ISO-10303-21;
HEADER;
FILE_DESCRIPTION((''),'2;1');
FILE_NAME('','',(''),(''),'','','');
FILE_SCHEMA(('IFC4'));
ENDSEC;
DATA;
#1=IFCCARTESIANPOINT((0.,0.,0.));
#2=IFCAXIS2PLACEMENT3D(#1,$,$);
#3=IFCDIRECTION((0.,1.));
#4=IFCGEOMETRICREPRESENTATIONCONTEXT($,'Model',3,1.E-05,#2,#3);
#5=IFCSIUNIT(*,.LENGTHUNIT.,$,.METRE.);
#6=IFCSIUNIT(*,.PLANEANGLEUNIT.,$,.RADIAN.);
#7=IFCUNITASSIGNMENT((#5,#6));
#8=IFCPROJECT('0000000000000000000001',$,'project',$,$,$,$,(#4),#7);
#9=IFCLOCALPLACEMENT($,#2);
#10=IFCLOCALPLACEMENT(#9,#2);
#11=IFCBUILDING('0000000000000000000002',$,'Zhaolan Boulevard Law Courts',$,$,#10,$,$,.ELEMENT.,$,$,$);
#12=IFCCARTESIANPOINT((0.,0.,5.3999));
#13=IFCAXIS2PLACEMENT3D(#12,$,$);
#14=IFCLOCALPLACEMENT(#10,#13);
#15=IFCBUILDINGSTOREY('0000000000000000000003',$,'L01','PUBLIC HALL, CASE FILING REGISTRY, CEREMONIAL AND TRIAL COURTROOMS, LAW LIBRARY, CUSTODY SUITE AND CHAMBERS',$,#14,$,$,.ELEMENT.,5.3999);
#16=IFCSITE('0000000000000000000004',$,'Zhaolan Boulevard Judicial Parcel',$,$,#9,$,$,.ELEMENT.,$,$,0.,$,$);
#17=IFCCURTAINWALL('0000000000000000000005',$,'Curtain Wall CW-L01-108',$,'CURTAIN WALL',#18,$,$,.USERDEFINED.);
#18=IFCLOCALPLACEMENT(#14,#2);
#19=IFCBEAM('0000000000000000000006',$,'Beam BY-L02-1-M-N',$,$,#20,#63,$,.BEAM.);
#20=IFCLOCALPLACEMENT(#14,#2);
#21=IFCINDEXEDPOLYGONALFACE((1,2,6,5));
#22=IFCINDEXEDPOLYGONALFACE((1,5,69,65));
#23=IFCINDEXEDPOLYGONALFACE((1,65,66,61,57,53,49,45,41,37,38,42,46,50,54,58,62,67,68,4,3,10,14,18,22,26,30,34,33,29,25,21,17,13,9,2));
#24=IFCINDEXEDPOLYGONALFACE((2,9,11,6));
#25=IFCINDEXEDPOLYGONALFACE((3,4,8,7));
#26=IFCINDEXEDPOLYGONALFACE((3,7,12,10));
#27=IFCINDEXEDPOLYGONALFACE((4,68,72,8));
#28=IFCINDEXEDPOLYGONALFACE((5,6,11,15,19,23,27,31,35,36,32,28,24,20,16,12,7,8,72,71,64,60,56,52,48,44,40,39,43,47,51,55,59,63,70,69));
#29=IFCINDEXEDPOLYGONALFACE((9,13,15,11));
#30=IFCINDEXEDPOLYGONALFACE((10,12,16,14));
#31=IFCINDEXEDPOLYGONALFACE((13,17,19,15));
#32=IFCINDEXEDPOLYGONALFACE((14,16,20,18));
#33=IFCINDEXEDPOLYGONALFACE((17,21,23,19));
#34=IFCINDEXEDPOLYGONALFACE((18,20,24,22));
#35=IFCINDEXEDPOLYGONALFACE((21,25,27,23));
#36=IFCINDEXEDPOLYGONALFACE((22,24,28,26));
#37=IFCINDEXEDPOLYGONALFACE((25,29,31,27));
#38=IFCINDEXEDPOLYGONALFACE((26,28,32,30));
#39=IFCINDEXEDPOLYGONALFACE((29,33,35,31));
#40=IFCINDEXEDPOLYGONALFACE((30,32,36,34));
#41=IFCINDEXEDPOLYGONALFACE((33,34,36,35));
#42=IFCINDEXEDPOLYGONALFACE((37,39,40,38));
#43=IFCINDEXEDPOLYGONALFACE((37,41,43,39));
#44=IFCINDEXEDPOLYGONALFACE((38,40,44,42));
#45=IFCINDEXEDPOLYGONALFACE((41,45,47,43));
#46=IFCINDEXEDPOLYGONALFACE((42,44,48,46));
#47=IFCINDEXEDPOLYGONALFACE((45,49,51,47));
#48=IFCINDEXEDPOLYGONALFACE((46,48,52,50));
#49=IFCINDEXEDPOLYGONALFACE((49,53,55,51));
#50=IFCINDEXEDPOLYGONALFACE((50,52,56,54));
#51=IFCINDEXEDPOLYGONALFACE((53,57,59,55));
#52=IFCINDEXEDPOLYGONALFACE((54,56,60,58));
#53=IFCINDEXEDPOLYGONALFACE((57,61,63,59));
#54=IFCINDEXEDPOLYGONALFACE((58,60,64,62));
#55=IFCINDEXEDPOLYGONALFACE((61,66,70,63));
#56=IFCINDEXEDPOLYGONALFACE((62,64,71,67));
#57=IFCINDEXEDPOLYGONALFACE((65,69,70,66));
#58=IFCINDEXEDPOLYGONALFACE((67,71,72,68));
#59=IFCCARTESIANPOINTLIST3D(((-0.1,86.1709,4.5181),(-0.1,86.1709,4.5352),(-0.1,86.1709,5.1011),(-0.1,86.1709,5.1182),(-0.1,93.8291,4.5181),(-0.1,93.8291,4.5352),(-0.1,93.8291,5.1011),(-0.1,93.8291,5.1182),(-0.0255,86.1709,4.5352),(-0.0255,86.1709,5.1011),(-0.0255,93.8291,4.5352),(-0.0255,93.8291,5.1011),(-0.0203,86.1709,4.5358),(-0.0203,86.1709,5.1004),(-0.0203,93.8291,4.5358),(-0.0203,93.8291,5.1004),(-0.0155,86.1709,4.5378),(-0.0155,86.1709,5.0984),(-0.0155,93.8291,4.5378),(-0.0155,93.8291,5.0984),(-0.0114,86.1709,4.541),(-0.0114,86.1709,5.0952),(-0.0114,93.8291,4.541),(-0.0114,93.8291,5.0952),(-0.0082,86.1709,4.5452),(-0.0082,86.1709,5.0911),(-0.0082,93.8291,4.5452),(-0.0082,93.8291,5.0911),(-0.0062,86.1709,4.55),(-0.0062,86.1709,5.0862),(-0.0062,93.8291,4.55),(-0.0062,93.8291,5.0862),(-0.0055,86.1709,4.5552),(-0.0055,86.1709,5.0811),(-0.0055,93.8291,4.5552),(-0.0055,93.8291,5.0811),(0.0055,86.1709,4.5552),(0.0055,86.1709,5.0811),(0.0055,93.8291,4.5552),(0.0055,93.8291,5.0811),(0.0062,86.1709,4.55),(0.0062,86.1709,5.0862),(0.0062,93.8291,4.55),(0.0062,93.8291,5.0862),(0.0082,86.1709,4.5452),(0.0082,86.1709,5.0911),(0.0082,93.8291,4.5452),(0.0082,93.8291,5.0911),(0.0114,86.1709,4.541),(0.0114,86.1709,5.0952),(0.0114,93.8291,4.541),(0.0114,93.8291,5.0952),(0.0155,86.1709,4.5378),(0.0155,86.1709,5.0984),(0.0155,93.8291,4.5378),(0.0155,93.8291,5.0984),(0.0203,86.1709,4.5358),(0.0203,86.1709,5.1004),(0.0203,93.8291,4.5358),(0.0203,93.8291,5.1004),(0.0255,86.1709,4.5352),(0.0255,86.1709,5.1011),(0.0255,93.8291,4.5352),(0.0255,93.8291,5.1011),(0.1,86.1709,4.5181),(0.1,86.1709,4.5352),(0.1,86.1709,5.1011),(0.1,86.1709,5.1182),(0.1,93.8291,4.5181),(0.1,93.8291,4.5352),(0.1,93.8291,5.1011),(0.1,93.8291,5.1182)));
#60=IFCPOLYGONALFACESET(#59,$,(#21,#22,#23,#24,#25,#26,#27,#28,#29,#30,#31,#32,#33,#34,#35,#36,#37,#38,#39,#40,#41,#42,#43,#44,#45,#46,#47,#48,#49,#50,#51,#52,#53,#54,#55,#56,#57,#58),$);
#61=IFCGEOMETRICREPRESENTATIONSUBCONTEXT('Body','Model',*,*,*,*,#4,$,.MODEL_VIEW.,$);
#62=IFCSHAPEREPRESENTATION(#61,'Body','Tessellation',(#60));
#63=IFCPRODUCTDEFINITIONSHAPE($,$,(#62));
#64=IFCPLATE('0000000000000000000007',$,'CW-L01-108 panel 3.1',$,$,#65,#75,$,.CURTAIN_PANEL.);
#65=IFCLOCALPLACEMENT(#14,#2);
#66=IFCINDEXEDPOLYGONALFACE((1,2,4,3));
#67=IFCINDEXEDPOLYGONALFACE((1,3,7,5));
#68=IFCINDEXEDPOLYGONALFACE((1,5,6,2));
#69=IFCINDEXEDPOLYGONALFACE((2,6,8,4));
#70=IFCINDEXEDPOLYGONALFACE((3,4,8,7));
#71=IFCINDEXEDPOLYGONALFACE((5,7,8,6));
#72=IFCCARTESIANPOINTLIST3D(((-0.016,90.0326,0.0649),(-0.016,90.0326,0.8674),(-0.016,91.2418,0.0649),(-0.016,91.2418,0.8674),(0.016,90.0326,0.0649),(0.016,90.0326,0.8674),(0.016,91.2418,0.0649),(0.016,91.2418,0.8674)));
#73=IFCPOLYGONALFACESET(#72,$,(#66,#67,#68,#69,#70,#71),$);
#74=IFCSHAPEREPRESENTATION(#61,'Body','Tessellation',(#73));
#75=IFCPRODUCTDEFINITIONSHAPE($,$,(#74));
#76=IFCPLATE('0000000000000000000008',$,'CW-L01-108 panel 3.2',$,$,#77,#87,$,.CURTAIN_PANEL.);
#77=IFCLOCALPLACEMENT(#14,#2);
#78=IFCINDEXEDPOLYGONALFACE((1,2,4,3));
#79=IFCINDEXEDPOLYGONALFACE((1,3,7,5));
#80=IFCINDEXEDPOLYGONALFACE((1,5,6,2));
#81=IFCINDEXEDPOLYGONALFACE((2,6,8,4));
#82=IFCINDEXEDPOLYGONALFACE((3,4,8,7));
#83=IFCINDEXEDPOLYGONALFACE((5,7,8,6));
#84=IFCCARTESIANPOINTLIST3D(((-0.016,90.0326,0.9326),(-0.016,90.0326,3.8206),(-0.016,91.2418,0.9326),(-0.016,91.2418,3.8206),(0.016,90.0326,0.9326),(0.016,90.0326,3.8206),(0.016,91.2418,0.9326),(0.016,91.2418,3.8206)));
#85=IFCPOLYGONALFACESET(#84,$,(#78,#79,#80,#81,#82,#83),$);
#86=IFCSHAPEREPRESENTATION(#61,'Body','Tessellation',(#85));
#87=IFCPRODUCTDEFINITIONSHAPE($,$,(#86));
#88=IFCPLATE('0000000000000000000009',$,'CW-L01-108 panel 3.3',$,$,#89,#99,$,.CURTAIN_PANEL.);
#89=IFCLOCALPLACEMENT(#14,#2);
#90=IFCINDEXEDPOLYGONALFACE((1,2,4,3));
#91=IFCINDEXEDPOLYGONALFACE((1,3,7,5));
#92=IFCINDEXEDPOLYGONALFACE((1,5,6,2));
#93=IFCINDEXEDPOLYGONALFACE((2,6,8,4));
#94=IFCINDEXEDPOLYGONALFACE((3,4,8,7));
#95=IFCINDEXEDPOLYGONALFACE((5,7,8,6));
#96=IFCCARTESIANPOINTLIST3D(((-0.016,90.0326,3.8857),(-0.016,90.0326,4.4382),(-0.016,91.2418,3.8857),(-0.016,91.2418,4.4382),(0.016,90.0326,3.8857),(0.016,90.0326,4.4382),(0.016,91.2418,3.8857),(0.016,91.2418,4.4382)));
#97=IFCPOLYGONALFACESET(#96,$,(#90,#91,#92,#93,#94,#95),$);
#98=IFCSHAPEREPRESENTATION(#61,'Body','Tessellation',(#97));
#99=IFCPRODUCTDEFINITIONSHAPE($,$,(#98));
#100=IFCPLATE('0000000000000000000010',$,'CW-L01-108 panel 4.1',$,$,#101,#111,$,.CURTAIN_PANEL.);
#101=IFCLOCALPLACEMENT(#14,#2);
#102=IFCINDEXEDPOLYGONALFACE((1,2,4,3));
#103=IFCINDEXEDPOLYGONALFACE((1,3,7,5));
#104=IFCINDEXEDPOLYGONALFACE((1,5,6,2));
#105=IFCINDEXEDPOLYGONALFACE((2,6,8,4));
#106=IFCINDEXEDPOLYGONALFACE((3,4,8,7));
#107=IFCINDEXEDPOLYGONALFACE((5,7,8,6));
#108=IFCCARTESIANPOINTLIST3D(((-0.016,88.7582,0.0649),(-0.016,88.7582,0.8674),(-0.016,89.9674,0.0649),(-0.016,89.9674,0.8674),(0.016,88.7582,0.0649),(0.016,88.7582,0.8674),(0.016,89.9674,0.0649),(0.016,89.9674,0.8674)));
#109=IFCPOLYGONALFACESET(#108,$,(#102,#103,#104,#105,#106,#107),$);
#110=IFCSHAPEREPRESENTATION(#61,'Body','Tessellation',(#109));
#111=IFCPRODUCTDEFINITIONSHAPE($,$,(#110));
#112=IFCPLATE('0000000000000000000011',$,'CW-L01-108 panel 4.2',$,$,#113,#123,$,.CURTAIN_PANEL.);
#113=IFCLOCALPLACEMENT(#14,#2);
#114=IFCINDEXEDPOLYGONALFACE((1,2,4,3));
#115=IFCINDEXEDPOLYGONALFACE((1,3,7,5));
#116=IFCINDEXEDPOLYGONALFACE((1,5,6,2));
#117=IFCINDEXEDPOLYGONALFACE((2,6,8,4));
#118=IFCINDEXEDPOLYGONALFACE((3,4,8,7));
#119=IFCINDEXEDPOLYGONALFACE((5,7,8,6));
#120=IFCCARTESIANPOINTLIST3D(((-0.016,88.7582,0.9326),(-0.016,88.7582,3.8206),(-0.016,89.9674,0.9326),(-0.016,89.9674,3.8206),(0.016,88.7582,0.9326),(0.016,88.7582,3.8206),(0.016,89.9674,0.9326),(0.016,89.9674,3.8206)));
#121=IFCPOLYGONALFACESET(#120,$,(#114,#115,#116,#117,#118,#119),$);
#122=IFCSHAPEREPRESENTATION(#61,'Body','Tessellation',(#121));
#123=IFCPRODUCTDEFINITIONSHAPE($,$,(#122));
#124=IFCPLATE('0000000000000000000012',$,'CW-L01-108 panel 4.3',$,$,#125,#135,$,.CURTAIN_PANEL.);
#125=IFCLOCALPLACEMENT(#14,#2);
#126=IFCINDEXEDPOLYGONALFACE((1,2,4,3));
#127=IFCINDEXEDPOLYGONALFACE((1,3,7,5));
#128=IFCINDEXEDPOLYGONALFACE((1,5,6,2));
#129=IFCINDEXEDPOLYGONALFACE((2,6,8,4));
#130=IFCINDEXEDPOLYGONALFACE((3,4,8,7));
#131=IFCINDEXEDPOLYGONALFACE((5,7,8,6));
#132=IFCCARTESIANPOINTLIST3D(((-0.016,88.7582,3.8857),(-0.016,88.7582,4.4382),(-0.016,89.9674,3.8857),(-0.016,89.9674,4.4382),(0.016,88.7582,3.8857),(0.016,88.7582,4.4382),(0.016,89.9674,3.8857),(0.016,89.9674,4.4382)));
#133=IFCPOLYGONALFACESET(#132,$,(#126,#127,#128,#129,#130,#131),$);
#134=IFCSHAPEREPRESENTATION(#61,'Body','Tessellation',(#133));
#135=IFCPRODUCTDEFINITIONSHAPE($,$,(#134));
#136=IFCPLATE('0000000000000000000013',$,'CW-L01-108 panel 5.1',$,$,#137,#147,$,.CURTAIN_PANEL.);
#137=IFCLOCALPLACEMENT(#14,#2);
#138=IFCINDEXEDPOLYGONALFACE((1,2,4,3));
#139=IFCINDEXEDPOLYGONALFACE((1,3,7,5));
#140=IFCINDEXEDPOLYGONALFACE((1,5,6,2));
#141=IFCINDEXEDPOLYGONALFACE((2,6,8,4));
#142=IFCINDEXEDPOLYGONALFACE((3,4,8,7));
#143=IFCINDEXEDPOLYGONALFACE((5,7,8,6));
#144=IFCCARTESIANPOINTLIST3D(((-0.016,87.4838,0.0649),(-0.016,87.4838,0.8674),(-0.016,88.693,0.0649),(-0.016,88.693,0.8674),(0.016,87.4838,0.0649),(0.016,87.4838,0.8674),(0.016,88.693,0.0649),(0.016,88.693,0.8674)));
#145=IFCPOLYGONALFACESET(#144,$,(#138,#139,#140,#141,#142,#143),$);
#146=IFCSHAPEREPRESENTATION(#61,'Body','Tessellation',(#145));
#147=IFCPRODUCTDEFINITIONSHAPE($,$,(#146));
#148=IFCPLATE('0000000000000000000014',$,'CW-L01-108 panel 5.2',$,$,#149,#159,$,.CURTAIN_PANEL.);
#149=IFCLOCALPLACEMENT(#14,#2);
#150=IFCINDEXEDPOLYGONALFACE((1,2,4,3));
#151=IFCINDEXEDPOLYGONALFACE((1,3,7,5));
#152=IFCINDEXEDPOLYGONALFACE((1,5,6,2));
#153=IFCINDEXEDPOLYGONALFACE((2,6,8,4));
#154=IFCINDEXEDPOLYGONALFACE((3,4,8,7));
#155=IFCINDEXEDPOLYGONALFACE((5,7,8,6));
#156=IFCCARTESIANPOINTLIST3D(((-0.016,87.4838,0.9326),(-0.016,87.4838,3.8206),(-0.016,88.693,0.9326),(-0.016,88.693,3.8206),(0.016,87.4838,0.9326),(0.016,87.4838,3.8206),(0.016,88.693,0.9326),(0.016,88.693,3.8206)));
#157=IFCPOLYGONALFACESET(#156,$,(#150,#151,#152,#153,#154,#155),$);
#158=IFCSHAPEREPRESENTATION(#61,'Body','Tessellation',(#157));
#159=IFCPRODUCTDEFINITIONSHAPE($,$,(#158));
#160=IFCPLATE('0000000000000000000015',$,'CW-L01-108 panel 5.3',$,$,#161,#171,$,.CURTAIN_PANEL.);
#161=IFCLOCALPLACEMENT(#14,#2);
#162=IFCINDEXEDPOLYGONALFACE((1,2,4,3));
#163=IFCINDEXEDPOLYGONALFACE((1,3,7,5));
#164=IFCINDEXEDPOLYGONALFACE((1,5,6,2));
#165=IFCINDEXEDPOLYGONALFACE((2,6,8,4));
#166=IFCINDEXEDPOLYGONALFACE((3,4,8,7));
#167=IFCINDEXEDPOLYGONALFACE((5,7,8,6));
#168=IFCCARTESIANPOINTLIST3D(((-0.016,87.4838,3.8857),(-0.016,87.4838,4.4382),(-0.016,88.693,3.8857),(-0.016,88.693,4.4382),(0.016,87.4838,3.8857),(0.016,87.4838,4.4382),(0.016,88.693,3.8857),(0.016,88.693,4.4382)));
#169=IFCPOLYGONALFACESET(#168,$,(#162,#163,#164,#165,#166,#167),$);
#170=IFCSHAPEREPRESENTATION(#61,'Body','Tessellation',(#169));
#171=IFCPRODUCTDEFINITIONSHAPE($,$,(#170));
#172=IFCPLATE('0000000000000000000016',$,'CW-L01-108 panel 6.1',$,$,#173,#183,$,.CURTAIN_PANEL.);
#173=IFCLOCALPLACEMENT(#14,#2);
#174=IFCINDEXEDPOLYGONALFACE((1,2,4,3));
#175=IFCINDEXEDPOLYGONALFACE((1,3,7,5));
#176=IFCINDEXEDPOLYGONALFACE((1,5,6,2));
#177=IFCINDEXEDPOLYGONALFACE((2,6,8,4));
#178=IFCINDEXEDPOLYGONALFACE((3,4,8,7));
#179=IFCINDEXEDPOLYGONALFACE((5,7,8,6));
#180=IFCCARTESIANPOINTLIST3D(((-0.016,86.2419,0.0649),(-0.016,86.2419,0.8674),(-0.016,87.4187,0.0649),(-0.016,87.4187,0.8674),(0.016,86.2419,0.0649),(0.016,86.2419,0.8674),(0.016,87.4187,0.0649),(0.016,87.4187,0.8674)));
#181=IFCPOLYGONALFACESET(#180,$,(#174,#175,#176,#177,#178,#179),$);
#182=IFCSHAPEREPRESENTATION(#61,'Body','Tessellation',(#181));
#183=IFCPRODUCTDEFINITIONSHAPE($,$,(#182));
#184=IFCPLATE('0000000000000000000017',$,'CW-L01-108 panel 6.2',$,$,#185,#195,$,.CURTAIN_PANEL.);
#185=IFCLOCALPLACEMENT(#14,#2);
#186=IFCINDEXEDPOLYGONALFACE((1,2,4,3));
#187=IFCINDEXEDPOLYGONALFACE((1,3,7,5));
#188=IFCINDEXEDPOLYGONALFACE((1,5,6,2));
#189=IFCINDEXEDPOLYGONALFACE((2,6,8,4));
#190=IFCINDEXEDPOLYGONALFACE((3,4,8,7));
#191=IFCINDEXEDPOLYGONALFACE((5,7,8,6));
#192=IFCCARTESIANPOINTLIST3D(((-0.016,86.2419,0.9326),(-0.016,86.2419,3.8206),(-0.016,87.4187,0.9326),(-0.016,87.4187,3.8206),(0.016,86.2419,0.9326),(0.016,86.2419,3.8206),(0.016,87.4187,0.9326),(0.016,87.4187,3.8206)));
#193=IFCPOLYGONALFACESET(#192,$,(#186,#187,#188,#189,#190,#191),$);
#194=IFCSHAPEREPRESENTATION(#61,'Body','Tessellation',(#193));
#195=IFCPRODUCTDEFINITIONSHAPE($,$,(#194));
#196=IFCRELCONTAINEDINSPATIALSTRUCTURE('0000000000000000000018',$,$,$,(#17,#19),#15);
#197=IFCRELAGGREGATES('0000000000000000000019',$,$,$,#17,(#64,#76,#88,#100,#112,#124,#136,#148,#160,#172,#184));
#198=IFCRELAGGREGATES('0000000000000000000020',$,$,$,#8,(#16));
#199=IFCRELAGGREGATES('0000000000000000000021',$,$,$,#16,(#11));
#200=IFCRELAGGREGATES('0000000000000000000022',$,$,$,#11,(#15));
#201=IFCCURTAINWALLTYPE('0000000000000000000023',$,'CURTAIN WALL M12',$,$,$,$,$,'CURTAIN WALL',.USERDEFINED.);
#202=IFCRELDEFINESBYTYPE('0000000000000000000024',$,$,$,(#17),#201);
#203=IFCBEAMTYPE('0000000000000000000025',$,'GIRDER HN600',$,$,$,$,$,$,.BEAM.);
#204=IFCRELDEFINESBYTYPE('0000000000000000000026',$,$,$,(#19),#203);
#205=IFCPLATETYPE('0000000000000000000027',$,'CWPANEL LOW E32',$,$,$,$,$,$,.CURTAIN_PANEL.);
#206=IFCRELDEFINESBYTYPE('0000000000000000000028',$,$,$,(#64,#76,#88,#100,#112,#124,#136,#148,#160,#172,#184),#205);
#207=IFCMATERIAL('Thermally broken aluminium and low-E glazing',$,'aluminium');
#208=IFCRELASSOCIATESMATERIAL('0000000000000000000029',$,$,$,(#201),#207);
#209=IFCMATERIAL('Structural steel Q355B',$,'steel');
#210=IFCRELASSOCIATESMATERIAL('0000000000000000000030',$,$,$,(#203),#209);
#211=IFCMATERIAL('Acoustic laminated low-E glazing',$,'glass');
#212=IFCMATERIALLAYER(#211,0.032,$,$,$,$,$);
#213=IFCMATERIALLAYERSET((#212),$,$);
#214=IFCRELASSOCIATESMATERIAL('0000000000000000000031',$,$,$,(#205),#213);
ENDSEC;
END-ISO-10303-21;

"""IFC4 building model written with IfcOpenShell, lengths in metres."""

from ifc_helpers import new_model, si_unit, direction, frame, origin, origin_2d, place, context, subcontext, project, spatial, rectangle, i_section, extrude, material, layer, layer_set, material_profile, profile_set, type_object, element, aggregate, save


model = new_model("IFC4")

# Units and contexts
model_context = context("Model", 3, precision=1e-05, world=origin(), true_north=direction((0.0, 1.0)))
body_context = subcontext(model_context, "Body", "Model", "MODEL_VIEW")
ifc_project = project(units=[si_unit("LENGTHUNIT", "METRE"), si_unit("PLANEANGLEUNIT", "RADIAN")], contexts=[model_context])

# Site, building, storey
site_placement = place(None, origin())
site = spatial("IfcSite", under=ifc_project, at=site_placement, Name="Zhaolan Boulevard Judicial Parcel", CompositionType="ELEMENT", RefElevation=0.0)
building_placement = place(site_placement, origin())
building = spatial("IfcBuilding", under=site, at=building_placement, Name="Zhaolan Boulevard Law Courts", CompositionType="ELEMENT")
storey_placement = place(building_placement, frame((0.0, 0.0, 5.3999)))
storey = spatial("IfcBuildingStorey", under=building, at=storey_placement, Name="L01", Description="PUBLIC HALL, CASE FILING REGISTRY, CEREMONIAL AND TRIAL COURTROOMS, LAW LIBRARY, CUSTODY SUITE AND CHAMBERS", CompositionType="ELEMENT", Elevation=5.3999)

# Curtain wall
ifc_material_1 = material(Name="Thermally broken aluminium and low-E glazing", Category="aluminium")
curtain_wall_type_1 = type_object("IfcCurtainWallType", Name="CURTAIN WALL M12", ElementType="CURTAIN WALL", PredefinedType="USERDEFINED", material=ifc_material_1)
curtain_wall_1_placement = place(storey_placement, origin())
curtain_wall_1 = element("IfcCurtainWall", 1, at=curtain_wall_1_placement, inside=storey, type_object=curtain_wall_type_1, Name="Curtain Wall CW-L01-108", ObjectType="CURTAIN WALL", PredefinedType="USERDEFINED")

# Beam
ifc_material_2 = material(Name="Structural steel Q355B", Category="steel")
ifc_material_profile_1 = material_profile(ifc_material_2, i_section(OverallWidth=0.2, OverallDepth=0.6001, WebThickness=0.011, FlangeThickness=0.0171, FilletRadius=0.02, at=origin_2d()), Name="HN600x200")
ifc_profile_set_1 = profile_set([ifc_material_profile_1], Name="Structural steel Q355B")
beam_type = type_object("IfcBeamType", Name="GIRDER HN600", PredefinedType="BEAM", material=ifc_profile_set_1)
beam_placement = place(storey_placement, frame((0.0, 86.1709, 4.8181), z_axis=(0.0, 1.0, 0.0), x_axis=(-1.0, 0.0, 0.0)))
element("IfcBeam", 2, at=beam_placement, inside=storey, type_object=beam_type, Name="Beam BY-L02-1-M-N", PredefinedType="BEAM", context=body_context, shape_type="SweptSolid", body=[
    extrude(i_section(OverallWidth=0.2, OverallDepth=0.6001, WebThickness=0.011, FlangeThickness=0.0171, FilletRadius=0.02, at=origin_2d()), origin(), (0.0, 0.0, 1.0), 7.6582),
])

# Plates
ifc_material_3 = material(Name="Acoustic laminated low-E glazing", Category="glass")
ifc_layer = layer(ifc_material_3, 0.032)
ifc_layer_set = layer_set([ifc_layer])
plate_type = type_object("IfcPlateType", Name="CWPANEL LOW E32", PredefinedType="CURTAIN_PANEL", material=ifc_layer_set)
plate_1_placement = place(storey_placement, frame((0.0, 90.6372, 0.0649), z_axis=(0.0, 0.0, 1.0), x_axis=(0.0, -1.0, 0.0)))
plate_1 = element("IfcPlate", 3, at=plate_1_placement, type_object=plate_type, Name="CW-L01-108 panel 3.1", PredefinedType="CURTAIN_PANEL", context=body_context, shape_type="SweptSolid", body=[
    extrude(rectangle(XDim=1.2092, YDim=0.032, at=origin_2d()), origin(), (0.0, 0.0, 1.0), 0.8025),
])
plate_2_placement = place(storey_placement, frame((0.0, 90.6372, 0.9326), z_axis=(0.0, 0.0, 1.0), x_axis=(0.0, -1.0, 0.0)))
plate_2 = element("IfcPlate", 4, at=plate_2_placement, type_object=plate_type, Name="CW-L01-108 panel 3.2", PredefinedType="CURTAIN_PANEL", context=body_context, shape_type="SweptSolid", body=[
    extrude(rectangle(XDim=1.2092, YDim=0.032, at=origin_2d()), origin(), (0.0, 0.0, 1.0), 2.8879),
])
plate_3_placement = place(storey_placement, frame((0.0, 90.6372, 3.8857), z_axis=(0.0, 0.0, 1.0), x_axis=(0.0, -1.0, 0.0)))
plate_3 = element("IfcPlate", 5, at=plate_3_placement, type_object=plate_type, Name="CW-L01-108 panel 3.3", PredefinedType="CURTAIN_PANEL", context=body_context, shape_type="SweptSolid", body=[
    extrude(rectangle(XDim=1.2092, YDim=0.032, at=origin_2d()), origin(), (0.0, 0.0, 1.0), 0.5525),
])
plate_4_placement = place(storey_placement, frame((0.0, 89.3628, 0.0649), z_axis=(0.0, 0.0, 1.0), x_axis=(0.0, -1.0, 0.0)))
plate_4 = element("IfcPlate", 6, at=plate_4_placement, type_object=plate_type, Name="CW-L01-108 panel 4.1", PredefinedType="CURTAIN_PANEL", context=body_context, shape_type="SweptSolid", body=[
    extrude(rectangle(XDim=1.2092, YDim=0.032, at=origin_2d()), origin(), (0.0, 0.0, 1.0), 0.8025),
])
plate_5_placement = place(storey_placement, frame((0.0, 89.3628, 0.9326), z_axis=(0.0, 0.0, 1.0), x_axis=(0.0, -1.0, 0.0)))
plate_5 = element("IfcPlate", 7, at=plate_5_placement, type_object=plate_type, Name="CW-L01-108 panel 4.2", PredefinedType="CURTAIN_PANEL", context=body_context, shape_type="SweptSolid", body=[
    extrude(rectangle(XDim=1.2092, YDim=0.032, at=origin_2d()), origin(), (0.0, 0.0, 1.0), 2.8879),
])
plate_6_placement = place(storey_placement, frame((0.0, 89.3628, 3.8857), z_axis=(0.0, 0.0, 1.0), x_axis=(0.0, -1.0, 0.0)))
plate_6 = element("IfcPlate", 8, at=plate_6_placement, type_object=plate_type, Name="CW-L01-108 panel 4.3", PredefinedType="CURTAIN_PANEL", context=body_context, shape_type="SweptSolid", body=[
    extrude(rectangle(XDim=1.2092, YDim=0.032, at=origin_2d()), origin(), (0.0, 0.0, 1.0), 0.5525),
])
plate_7_placement = place(storey_placement, frame((0.0, 88.0884, 0.0649), z_axis=(0.0, 0.0, 1.0), x_axis=(0.0, -1.0, 0.0)))
plate_7 = element("IfcPlate", 9, at=plate_7_placement, type_object=plate_type, Name="CW-L01-108 panel 5.1", PredefinedType="CURTAIN_PANEL", context=body_context, shape_type="SweptSolid", body=[
    extrude(rectangle(XDim=1.2092, YDim=0.032, at=origin_2d()), origin(), (0.0, 0.0, 1.0), 0.8025),
])
plate_8_placement = place(storey_placement, frame((0.0, 88.0884, 0.9326), z_axis=(0.0, 0.0, 1.0), x_axis=(0.0, -1.0, 0.0)))
plate_8 = element("IfcPlate", 10, at=plate_8_placement, type_object=plate_type, Name="CW-L01-108 panel 5.2", PredefinedType="CURTAIN_PANEL", context=body_context, shape_type="SweptSolid", body=[
    extrude(rectangle(XDim=1.2092, YDim=0.032, at=origin_2d()), origin(), (0.0, 0.0, 1.0), 2.8879),
])
plate_9_placement = place(storey_placement, frame((0.0, 88.0884, 3.8857), z_axis=(0.0, 0.0, 1.0), x_axis=(0.0, -1.0, 0.0)))
plate_9 = element("IfcPlate", 11, at=plate_9_placement, type_object=plate_type, Name="CW-L01-108 panel 5.3", PredefinedType="CURTAIN_PANEL", context=body_context, shape_type="SweptSolid", body=[
    extrude(rectangle(XDim=1.2092, YDim=0.032, at=origin_2d()), origin(), (0.0, 0.0, 1.0), 0.5525),
])
plate_10_placement = place(storey_placement, frame((0.0, 86.8303, 0.0649), z_axis=(0.0, 0.0, 1.0), x_axis=(0.0, -1.0, 0.0)))
plate_10 = element("IfcPlate", 12, at=plate_10_placement, type_object=plate_type, Name="CW-L01-108 panel 6.1", PredefinedType="CURTAIN_PANEL", context=body_context, shape_type="SweptSolid", body=[
    extrude(rectangle(XDim=1.1768, YDim=0.032, at=origin_2d()), origin(), (0.0, 0.0, 1.0), 0.8025),
])
plate_11_placement = place(storey_placement, frame((0.0, 86.8303, 0.9326), z_axis=(0.0, 0.0, 1.0), x_axis=(0.0, -1.0, 0.0)))
plate_11 = element("IfcPlate", 13, at=plate_11_placement, type_object=plate_type, Name="CW-L01-108 panel 6.2", PredefinedType="CURTAIN_PANEL", context=body_context, shape_type="SweptSolid", body=[
    extrude(rectangle(XDim=1.1768, YDim=0.032, at=origin_2d()), origin(), (0.0, 0.0, 1.0), 2.8879),
])
aggregate(curtain_wall_1, [plate_1, plate_2, plate_3, plate_4, plate_5, plate_6, plate_7, plate_8, plate_9, plate_10, plate_11])

save(model, "model.ifc")
